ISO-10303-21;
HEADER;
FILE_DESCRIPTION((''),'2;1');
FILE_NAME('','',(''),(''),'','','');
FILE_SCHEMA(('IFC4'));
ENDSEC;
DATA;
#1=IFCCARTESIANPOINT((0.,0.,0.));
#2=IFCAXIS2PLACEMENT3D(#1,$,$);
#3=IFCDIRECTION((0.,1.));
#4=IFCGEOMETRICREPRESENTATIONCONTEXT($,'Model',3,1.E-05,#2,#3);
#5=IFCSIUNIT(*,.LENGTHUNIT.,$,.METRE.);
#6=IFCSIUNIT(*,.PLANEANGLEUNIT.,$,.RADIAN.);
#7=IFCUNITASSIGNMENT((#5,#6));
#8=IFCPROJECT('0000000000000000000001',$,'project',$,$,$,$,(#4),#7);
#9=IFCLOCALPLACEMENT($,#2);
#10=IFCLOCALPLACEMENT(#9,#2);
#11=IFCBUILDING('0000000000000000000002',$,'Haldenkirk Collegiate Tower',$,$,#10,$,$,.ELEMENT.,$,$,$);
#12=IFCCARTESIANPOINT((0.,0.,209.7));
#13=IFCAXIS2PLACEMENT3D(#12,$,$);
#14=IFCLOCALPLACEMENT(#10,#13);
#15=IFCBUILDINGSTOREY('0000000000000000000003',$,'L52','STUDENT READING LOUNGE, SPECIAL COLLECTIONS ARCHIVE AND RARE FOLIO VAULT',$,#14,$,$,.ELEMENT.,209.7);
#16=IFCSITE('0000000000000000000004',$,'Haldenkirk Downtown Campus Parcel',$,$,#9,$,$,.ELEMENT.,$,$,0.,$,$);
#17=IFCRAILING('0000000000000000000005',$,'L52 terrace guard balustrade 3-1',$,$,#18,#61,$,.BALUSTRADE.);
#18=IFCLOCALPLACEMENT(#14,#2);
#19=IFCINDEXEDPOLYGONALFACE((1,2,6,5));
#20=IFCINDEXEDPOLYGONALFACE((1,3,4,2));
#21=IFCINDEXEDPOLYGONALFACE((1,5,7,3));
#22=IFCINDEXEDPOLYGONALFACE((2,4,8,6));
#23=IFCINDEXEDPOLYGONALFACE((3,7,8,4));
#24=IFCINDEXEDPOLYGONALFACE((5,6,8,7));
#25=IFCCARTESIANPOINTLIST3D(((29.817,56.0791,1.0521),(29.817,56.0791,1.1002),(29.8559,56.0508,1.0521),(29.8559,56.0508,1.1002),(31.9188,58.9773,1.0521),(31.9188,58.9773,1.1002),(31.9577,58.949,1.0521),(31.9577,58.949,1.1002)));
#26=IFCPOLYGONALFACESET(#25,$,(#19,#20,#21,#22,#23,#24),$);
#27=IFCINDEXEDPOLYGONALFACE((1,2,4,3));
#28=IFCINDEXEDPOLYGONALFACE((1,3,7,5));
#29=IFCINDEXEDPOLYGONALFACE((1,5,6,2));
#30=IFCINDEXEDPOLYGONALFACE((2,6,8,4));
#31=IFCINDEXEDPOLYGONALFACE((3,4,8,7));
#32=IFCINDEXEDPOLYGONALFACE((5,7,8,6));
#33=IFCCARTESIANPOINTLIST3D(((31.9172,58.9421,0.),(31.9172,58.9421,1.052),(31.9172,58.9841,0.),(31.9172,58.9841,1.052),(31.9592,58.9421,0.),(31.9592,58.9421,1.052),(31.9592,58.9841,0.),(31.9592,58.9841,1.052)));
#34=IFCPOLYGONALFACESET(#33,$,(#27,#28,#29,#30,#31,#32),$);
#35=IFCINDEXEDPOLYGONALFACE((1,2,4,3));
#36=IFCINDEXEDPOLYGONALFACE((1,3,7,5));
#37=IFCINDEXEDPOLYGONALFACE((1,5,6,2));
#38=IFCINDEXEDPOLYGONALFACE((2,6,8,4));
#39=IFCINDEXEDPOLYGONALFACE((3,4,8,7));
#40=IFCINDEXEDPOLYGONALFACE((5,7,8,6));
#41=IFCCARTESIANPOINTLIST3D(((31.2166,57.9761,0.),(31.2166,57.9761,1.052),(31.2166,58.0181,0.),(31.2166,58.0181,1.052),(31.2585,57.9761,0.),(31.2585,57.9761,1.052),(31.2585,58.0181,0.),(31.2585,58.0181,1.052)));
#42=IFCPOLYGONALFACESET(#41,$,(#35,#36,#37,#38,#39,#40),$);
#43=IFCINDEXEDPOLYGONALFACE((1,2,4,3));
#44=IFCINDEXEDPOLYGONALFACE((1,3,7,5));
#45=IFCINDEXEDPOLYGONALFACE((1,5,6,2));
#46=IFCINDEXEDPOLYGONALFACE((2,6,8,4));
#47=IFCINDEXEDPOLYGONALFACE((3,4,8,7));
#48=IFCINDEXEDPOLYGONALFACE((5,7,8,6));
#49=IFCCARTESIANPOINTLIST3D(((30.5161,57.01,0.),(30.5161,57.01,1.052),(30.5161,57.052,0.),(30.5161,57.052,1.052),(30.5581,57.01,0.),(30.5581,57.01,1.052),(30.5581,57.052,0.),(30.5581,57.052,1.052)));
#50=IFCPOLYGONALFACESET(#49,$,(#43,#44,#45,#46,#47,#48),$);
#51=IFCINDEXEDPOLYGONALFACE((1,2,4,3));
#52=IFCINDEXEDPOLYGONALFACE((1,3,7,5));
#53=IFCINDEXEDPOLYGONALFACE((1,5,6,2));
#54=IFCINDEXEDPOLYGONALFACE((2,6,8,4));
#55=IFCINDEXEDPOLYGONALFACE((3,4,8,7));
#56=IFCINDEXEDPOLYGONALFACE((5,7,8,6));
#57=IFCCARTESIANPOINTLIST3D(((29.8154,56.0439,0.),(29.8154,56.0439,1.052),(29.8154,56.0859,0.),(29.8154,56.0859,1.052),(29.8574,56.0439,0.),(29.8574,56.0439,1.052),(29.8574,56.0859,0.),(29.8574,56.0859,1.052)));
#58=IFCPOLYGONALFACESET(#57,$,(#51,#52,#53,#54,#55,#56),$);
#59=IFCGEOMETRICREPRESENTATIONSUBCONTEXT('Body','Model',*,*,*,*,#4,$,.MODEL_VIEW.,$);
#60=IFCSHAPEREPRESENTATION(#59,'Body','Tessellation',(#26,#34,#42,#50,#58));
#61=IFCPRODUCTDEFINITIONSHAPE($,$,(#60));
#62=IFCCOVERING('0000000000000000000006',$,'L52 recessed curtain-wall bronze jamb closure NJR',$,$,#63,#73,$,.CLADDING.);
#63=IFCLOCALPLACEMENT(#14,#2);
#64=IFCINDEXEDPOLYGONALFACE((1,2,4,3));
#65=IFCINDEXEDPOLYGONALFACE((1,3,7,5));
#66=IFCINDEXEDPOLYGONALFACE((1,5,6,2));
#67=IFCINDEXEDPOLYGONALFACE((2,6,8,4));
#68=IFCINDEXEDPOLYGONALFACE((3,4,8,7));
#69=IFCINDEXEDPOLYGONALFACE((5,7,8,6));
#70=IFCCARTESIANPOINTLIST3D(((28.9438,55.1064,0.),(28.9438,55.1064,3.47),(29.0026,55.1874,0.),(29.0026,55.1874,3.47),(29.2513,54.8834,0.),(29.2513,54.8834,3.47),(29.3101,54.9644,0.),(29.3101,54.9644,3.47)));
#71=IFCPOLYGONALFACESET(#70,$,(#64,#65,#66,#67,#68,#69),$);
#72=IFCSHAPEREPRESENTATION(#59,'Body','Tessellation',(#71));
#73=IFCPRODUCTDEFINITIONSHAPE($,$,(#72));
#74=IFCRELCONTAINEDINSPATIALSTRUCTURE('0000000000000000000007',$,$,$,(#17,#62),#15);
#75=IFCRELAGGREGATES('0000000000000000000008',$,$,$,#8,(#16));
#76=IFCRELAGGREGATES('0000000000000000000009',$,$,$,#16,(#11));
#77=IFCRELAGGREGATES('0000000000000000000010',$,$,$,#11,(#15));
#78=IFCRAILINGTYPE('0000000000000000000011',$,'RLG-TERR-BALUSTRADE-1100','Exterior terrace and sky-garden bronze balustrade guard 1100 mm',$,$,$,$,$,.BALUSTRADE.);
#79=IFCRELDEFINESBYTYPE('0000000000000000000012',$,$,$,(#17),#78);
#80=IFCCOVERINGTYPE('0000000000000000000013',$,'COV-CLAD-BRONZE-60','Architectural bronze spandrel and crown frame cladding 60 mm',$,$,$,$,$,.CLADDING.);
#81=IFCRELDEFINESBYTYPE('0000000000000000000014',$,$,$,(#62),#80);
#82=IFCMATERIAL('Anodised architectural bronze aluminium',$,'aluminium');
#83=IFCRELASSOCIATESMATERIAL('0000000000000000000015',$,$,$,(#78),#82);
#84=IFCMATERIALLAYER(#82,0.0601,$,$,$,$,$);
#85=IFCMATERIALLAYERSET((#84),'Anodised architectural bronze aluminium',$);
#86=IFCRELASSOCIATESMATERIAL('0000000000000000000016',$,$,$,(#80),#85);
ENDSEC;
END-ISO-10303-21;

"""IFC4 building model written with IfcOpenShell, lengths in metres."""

from ifc_helpers import new_model, si_unit, direction, frame, origin, origin_2d, place, context, subcontext, project, spatial, rectangle, extrude, source, transform, mapped, material, layer, layer_set, type_object, element, save


model = new_model("IFC4")

# Units and contexts
model_context = context("Model", 3, precision=1e-05, world=origin(), true_north=direction((0.0, 1.0)))
body_context = subcontext(model_context, "Body", "Model", "MODEL_VIEW")
ifc_project = project(units=[si_unit("LENGTHUNIT", "METRE"), si_unit("PLANEANGLEUNIT", "RADIAN")], contexts=[model_context])

# Site, building, storey
site_placement = place(None, origin())
site = spatial("IfcSite", under=ifc_project, at=site_placement, Name="Haldenkirk Downtown Campus Parcel", CompositionType="ELEMENT", RefElevation=0.0)
building_placement = place(site_placement, origin())
building = spatial("IfcBuilding", under=site, at=building_placement, Name="Haldenkirk Collegiate Tower", CompositionType="ELEMENT")
storey_placement = place(building_placement, frame((0.0, 0.0, 209.7)))
storey = spatial("IfcBuildingStorey", under=building, at=storey_placement, Name="L52", Description="STUDENT READING LOUNGE, SPECIAL COLLECTIONS ARCHIVE AND RARE FOLIO VAULT", CompositionType="ELEMENT", Elevation=209.7)

# Shared definitions
ifc_material_1 = material(Name="Anodised architectural bronze aluminium", Category="aluminium")

# Railing
railing_type = type_object("IfcRailingType", Name="RLG-TERR-BALUSTRADE-1100", Description="Exterior terrace and sky-garden bronze balustrade guard 1100 mm", PredefinedType="BALUSTRADE", material=ifc_material_1)
railing_placement = place(storey_placement, frame((31.9382, 58.9631, 0.0)))
element("IfcRailing", 1, at=railing_placement, inside=storey, type_object=railing_type, Name="L52 terrace guard balustrade 3-1", PredefinedType="BALUSTRADE", context=body_context, shape_type="SweptSolid", body=[
    extrude(rectangle(XDim=0.0481, YDim=0.0481, at=origin_2d()), frame((0.0, 0.0, 1.0762), z_axis=(-0.58708, -0.809529, 0.0), x_axis=(0.809529, -0.58708, 0.0)), (0.0, 0.0, 1.0), 3.5801),
    extrude(rectangle(XDim=0.042, YDim=0.042, at=origin_2d()), origin(), (0.0, 0.0, 1.0), 1.052),
    extrude(rectangle(XDim=0.042, YDim=0.042, at=origin_2d()), frame((-0.7007, -0.9661, 0.0)), (0.0, 0.0, 1.0), 1.052),
    extrude(rectangle(XDim=0.042, YDim=0.042, at=origin_2d()), frame((-1.4011, -1.9321, 0.0)), (0.0, 0.0, 1.0), 1.052),
    extrude(rectangle(XDim=0.042, YDim=0.042, at=origin_2d()), frame((-2.1018, -2.8982, 0.0)), (0.0, 0.0, 1.0), 1.052),
])

# Covering
ifc_layer_1 = layer(ifc_material_1, 0.0601)
ifc_layer_set_1 = layer_set([ifc_layer_1], Name="Anodised architectural bronze aluminium")
covering_type = type_object("IfcCoveringType", Name="COV-CLAD-BRONZE-60", Description="Architectural bronze spandrel and crown frame cladding 60 mm", PredefinedType="CLADDING", material=ifc_layer_set_1)
shared_shape_1 = source(origin(), body_context, "Body", "SweptSolid", [
    extrude(rectangle(XDim=0.1001, YDim=0.3799, at=origin_2d()), origin(), (0.0, 0.0, 1.0), 3.47),
])
covering_placement = place(storey_placement, frame((29.127, 55.0354, 0.0), z_axis=(0.0, 0.0, 1.0), x_axis=(0.587079, 0.80953, 0.0)))
element("IfcCovering", 2, at=covering_placement, inside=storey, type_object=covering_type, Name="L52 recessed curtain-wall bronze jamb closure NJR", PredefinedType="CLADDING", context=body_context, shape_type="MappedRepresentation", body=[
    mapped(shared_shape_1, transform((0.0, 0.0, 0.0), x_axis=(1.0, 0.0, 0.0), y_axis=(0.0, 1.0, 0.0), z_axis=(0.0, 0.0, 1.0), scale=1.0)),
])

save(model, "model.ifc")
